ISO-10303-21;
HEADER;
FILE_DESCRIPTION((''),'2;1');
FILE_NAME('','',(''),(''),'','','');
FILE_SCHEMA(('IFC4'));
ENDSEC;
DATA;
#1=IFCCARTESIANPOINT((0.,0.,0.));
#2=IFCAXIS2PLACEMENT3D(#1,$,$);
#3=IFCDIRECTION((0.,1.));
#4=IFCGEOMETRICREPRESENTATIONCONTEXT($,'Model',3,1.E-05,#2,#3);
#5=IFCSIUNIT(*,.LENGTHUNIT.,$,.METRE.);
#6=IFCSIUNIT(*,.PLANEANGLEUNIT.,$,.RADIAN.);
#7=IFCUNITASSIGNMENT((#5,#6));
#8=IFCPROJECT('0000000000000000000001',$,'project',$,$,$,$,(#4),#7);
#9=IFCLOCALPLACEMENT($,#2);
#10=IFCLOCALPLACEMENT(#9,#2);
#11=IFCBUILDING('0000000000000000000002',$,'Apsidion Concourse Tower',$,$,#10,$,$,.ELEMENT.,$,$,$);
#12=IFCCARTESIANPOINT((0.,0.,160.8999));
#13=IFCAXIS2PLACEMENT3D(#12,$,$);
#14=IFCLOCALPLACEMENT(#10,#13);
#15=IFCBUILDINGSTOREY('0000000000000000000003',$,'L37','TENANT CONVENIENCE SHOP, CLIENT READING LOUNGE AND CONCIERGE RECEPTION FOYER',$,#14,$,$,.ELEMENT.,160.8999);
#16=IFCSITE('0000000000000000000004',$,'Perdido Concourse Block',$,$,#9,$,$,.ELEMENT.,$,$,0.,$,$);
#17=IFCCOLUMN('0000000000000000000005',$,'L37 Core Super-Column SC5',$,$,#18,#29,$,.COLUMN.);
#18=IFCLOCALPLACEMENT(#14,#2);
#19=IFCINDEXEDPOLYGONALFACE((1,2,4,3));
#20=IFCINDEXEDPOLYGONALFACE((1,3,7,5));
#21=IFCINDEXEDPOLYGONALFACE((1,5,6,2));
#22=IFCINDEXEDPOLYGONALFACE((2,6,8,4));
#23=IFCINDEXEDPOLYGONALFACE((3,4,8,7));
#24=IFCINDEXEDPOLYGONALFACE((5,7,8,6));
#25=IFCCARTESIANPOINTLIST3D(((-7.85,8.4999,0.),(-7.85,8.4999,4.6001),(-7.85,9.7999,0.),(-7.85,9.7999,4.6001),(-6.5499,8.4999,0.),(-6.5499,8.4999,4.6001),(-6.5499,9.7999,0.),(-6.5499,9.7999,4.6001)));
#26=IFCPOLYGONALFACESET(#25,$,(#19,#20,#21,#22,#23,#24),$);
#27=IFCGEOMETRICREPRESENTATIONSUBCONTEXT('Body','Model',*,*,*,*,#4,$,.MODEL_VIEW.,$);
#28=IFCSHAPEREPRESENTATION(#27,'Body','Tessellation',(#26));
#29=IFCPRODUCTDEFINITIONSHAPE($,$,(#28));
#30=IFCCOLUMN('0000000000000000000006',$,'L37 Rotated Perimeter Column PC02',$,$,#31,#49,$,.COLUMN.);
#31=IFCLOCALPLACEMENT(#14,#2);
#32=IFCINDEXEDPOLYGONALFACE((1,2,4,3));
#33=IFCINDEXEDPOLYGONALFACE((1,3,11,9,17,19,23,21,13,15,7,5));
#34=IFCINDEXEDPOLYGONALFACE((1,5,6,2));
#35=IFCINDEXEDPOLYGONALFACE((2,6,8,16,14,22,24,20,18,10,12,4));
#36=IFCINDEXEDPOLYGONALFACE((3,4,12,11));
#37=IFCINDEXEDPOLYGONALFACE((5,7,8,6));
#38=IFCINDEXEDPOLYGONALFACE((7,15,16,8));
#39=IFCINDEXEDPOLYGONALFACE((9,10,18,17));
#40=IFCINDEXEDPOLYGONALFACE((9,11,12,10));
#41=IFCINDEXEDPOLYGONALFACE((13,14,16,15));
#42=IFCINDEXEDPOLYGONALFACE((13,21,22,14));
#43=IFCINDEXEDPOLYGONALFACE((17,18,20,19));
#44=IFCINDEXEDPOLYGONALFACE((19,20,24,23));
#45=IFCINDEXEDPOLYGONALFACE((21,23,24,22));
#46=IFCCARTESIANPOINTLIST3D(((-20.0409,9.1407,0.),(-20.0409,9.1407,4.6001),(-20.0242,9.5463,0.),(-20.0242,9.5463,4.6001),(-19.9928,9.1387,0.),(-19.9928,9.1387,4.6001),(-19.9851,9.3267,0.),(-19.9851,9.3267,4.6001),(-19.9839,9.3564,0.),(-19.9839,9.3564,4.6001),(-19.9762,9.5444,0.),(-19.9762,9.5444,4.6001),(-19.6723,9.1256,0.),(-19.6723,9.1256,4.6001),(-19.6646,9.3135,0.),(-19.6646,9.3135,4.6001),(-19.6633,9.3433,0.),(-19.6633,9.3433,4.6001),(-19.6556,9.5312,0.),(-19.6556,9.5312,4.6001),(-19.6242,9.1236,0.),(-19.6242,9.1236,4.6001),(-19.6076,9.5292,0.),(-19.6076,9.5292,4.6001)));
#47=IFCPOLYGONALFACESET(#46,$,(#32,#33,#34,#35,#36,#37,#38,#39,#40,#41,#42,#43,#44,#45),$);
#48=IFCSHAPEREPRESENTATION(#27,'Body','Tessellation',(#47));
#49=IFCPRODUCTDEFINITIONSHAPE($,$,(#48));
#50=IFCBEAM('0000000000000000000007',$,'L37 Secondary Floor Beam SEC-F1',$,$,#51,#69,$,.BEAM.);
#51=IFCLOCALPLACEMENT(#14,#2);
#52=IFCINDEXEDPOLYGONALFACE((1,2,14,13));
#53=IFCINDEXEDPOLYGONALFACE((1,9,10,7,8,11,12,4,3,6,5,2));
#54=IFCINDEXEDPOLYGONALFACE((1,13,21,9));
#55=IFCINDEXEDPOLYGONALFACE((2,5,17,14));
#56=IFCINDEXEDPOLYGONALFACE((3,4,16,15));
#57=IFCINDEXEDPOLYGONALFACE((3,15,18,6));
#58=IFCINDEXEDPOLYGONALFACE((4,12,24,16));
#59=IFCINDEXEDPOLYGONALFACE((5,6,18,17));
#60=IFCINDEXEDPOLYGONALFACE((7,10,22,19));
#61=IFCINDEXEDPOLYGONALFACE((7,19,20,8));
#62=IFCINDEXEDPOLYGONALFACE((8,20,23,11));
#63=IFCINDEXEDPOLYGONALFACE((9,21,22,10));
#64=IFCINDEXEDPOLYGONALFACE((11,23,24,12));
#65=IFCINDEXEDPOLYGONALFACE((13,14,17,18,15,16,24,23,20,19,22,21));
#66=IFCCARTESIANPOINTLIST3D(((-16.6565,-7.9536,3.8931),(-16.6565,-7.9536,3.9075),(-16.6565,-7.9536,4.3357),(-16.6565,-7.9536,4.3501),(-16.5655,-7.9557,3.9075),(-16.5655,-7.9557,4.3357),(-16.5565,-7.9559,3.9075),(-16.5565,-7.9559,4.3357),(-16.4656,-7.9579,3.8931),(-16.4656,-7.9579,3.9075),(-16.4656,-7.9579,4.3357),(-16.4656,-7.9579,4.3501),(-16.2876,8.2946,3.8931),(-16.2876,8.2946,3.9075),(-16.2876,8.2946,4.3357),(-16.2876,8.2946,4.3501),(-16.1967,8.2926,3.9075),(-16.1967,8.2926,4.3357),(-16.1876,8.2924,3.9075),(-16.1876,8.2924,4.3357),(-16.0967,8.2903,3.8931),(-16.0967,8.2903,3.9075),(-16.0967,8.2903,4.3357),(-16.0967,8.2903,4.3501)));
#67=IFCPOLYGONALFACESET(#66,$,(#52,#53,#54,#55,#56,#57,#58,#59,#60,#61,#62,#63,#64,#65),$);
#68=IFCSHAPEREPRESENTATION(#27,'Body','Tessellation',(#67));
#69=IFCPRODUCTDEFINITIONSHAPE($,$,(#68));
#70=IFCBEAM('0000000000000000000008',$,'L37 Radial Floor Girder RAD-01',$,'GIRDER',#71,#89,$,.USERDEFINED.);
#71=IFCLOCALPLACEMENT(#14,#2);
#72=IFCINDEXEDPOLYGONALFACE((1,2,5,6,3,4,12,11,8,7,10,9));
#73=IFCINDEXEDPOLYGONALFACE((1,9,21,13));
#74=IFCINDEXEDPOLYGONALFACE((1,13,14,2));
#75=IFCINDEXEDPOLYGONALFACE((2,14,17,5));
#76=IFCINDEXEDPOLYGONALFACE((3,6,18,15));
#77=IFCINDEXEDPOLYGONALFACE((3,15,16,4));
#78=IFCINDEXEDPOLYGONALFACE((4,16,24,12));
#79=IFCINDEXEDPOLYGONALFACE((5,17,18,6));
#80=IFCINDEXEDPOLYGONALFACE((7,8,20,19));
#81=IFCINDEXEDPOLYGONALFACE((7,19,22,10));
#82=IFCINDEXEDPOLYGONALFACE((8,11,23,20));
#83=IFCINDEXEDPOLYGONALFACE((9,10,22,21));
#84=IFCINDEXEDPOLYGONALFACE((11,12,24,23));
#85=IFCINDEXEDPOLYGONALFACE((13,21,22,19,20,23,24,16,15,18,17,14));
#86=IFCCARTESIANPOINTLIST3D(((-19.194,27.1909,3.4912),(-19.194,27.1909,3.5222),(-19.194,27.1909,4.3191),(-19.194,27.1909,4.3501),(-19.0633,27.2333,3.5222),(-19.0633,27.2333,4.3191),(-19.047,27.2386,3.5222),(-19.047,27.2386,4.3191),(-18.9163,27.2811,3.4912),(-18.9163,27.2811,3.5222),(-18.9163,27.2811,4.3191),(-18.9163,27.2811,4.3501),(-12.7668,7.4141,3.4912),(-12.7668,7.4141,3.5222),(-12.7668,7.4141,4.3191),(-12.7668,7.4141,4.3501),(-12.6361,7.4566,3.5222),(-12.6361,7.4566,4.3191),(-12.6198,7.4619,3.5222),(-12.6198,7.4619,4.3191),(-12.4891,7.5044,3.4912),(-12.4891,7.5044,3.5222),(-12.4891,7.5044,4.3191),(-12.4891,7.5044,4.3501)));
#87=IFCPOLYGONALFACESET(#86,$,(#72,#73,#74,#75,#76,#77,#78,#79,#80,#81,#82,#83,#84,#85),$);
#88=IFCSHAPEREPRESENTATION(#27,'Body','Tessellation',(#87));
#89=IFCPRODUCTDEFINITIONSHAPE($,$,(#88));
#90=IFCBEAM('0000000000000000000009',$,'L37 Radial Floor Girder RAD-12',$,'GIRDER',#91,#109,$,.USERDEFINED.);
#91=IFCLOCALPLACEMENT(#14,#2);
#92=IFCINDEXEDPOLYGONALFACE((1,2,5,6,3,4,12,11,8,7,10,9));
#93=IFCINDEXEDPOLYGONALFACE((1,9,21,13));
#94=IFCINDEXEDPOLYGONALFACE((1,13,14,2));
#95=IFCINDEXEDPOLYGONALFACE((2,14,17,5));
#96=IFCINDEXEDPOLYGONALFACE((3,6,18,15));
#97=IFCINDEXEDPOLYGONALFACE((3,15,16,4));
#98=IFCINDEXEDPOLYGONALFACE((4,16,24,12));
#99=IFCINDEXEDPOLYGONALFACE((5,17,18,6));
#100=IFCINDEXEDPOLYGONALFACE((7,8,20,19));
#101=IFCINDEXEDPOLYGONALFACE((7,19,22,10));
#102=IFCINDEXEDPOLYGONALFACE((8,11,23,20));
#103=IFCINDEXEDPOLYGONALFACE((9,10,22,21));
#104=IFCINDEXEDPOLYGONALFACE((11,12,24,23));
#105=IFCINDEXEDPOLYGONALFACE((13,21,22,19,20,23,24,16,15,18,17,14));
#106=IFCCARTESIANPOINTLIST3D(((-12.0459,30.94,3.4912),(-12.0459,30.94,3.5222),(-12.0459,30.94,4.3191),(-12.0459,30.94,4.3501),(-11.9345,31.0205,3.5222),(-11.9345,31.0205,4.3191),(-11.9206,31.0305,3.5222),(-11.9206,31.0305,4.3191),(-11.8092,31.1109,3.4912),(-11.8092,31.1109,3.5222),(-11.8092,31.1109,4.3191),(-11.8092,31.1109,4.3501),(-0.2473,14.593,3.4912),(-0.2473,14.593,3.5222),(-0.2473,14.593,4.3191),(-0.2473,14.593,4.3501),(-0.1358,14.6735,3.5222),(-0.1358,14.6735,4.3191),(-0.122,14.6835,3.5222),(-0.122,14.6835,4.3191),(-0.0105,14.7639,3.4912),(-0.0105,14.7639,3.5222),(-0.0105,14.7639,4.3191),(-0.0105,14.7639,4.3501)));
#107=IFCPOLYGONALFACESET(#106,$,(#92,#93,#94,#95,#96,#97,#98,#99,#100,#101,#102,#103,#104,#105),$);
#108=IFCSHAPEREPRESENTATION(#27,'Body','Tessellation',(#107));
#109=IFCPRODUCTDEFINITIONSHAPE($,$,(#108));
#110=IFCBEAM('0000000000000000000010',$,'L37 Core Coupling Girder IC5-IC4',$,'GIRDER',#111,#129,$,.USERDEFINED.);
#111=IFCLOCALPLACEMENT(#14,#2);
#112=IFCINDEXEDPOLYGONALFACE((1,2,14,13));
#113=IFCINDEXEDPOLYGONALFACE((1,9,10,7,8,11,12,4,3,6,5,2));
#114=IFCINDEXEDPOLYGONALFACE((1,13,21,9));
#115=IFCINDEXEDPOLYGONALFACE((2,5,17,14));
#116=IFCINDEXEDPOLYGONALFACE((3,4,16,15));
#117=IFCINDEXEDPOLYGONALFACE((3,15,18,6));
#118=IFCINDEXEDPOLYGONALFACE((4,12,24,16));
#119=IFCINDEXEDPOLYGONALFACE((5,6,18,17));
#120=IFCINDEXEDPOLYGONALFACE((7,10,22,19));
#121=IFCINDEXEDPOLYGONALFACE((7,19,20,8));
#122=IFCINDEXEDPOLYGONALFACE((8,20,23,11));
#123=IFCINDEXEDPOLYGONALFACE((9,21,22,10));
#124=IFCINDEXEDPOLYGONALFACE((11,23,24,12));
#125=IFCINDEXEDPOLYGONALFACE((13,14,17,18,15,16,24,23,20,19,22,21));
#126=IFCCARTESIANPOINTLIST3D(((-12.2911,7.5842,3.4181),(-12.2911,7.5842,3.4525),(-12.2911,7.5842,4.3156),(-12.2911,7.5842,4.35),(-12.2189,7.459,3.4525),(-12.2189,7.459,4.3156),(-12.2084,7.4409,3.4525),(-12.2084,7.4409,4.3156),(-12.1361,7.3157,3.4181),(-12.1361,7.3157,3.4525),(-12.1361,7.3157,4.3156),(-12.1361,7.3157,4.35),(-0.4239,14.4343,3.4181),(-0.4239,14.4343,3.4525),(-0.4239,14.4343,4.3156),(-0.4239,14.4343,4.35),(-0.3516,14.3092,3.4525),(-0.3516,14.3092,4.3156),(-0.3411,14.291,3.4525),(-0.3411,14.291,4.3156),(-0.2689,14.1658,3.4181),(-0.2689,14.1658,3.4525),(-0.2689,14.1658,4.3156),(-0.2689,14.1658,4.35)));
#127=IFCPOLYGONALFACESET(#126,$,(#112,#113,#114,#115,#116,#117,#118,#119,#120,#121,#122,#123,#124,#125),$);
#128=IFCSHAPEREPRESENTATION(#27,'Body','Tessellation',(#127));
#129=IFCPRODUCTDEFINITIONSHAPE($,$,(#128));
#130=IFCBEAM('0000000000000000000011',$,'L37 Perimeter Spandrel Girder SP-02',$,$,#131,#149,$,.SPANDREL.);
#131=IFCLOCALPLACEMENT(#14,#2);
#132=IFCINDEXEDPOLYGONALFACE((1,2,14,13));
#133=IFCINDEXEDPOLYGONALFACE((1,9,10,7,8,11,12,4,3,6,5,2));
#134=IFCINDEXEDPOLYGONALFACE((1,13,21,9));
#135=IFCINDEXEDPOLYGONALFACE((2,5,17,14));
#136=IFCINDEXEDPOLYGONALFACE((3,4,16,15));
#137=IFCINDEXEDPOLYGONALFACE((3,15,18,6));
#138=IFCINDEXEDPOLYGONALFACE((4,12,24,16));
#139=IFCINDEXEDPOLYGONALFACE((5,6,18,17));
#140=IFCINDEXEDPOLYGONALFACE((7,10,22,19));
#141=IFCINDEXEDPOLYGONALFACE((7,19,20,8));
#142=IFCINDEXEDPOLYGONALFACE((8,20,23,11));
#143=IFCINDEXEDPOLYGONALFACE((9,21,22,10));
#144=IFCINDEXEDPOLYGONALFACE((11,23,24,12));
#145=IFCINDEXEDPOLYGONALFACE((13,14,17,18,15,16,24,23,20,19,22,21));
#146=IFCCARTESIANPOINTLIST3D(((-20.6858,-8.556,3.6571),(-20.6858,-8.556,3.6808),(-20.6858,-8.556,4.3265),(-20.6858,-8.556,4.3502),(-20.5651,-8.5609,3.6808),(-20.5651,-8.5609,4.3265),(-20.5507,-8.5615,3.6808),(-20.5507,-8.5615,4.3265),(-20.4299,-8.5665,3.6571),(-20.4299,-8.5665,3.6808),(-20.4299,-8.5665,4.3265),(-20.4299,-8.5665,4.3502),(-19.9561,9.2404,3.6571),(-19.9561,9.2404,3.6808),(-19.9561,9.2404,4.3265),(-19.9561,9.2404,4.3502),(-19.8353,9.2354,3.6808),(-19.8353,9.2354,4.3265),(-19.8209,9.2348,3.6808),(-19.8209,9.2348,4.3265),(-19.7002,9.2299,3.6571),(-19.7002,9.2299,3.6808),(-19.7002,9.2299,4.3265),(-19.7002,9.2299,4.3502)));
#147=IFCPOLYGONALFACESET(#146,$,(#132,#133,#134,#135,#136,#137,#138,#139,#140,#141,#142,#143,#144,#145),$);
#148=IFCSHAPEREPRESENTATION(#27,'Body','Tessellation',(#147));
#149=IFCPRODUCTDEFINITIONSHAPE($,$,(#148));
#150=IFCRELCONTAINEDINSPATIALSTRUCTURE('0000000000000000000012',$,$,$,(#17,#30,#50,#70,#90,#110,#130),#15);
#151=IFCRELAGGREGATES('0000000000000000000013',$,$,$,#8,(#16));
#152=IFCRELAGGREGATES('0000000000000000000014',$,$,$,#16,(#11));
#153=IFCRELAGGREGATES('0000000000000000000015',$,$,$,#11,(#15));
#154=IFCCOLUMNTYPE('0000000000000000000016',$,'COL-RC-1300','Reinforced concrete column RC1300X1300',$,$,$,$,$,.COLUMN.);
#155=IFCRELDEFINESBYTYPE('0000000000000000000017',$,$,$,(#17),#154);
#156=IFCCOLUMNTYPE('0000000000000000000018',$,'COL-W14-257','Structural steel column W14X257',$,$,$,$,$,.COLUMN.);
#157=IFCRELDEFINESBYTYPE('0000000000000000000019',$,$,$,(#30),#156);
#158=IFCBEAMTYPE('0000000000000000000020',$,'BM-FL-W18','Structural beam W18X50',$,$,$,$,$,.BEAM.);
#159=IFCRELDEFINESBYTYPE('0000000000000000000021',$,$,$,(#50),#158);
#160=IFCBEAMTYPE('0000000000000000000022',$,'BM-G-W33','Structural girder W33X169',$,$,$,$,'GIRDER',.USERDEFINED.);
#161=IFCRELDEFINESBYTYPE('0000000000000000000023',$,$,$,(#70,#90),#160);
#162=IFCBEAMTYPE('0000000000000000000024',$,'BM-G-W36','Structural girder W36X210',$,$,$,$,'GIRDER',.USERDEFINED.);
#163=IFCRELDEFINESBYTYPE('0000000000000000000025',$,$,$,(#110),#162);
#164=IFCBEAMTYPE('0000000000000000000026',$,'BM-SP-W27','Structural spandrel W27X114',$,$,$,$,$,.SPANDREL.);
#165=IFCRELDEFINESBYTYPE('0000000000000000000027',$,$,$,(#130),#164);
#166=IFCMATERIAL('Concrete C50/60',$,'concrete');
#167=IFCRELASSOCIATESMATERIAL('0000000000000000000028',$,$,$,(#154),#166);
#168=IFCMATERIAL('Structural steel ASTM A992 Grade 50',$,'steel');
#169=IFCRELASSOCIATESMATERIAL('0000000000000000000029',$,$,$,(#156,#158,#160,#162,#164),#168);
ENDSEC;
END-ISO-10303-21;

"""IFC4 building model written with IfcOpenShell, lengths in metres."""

from ifc_helpers import new_model, si_unit, direction, frame, origin, origin_2d, place, context, subcontext, project, spatial, rectangle, i_section, extrude, material, material_profile, profile_set, type_object, element, save


model = new_model("IFC4")

# Units and contexts
model_context = context("Model", 3, precision=1e-05, world=origin(), true_north=direction((0.0, 1.0)))
body_context = subcontext(model_context, "Body", "Model", "MODEL_VIEW")
ifc_project = project(units=[si_unit("LENGTHUNIT", "METRE"), si_unit("PLANEANGLEUNIT", "RADIAN")], contexts=[model_context])

# Site, building, storey
site_placement = place(None, origin())
site = spatial("IfcSite", under=ifc_project, at=site_placement, Name="Perdido Concourse Block", CompositionType="ELEMENT", RefElevation=0.0)
building_placement = place(site_placement, origin())
building = spatial("IfcBuilding", under=site, at=building_placement, Name="Apsidion Concourse Tower", CompositionType="ELEMENT")
storey_placement = place(building_placement, frame((0.0, 0.0, 160.8999)))
storey = spatial("IfcBuildingStorey", under=building, at=storey_placement, Name="L37", Description="TENANT CONVENIENCE SHOP, CLIENT READING LOUNGE AND CONCIERGE RECEPTION FOYER", CompositionType="ELEMENT", Elevation=160.8999)

# Columns
ifc_material_1 = material(Name="Concrete C50/60", Category="concrete")
ifc_material_profile_1 = material_profile(ifc_material_1, rectangle(XDim=1.3, YDim=1.3, at=origin_2d()), Name="RC 1300x1300")
ifc_profile_set_1 = profile_set([ifc_material_profile_1], Name="Concrete C50/60")
column_type_1 = type_object("IfcColumnType", Name="COL-RC-1300", Description="Reinforced concrete column RC1300X1300", PredefinedType="COLUMN", material=ifc_profile_set_1)
column_1_placement = place(storey_placement, frame((-7.2, 9.1499, 0.0), z_axis=(0.0, 0.0, 1.0), x_axis=(1.0, 0.0, 0.0)))
element("IfcColumn", 1, at=column_1_placement, inside=storey, type_object=column_type_1, Name="L37 Core Super-Column SC5", PredefinedType="COLUMN", context=body_context, shape_type="SweptSolid", body=[
    extrude(rectangle(XDim=1.3, YDim=1.3, at=origin_2d()), origin(), (0.0, 0.0, 1.0), 4.6001),
])
ifc_material_2 = material(Name="Structural steel ASTM A992 Grade 50", Category="steel")
ifc_material_profile_2 = material_profile(ifc_material_2, i_section(OverallWidth=0.406, OverallDepth=0.417, WebThickness=0.0298, FlangeThickness=0.0481, at=origin_2d()), Name="W14X257")
ifc_profile_set_2 = profile_set([ifc_material_profile_2], Name="Structural steel ASTM A992 Grade 50")
column_type_2 = type_object("IfcColumnType", Name="COL-W14-257", Description="Structural steel column W14X257", PredefinedType="COLUMN", material=ifc_profile_set_2)
column_2_placement = place(storey_placement, frame((-19.8242, 9.335, 0.0), z_axis=(0.0, 0.0, 1.0), x_axis=(0.041004, 0.999159, 0.0)))
element("IfcColumn", 2, at=column_2_placement, inside=storey, type_object=column_type_2, Name="L37 Rotated Perimeter Column PC02", PredefinedType="COLUMN", context=body_context, shape_type="SweptSolid", body=[
    extrude(i_section(OverallWidth=0.406, OverallDepth=0.417, WebThickness=0.0298, FlangeThickness=0.0481, at=origin_2d()), origin(), (0.0, 0.0, 1.0), 4.6001),
])

# Beams
ifc_material_profile_3 = material_profile(ifc_material_2, i_section(OverallWidth=0.1909, OverallDepth=0.457, WebThickness=0.009, FlangeThickness=0.0144, at=origin_2d()), Name="W18X50")
ifc_profile_set_3 = profile_set([ifc_material_profile_3], Name="Structural steel ASTM A992 Grade 50")
beam_type_1 = type_object("IfcBeamType", Name="BM-FL-W18", Description="Structural beam W18X50", PredefinedType="BEAM", material=ifc_profile_set_3)
beam_1_placement = place(storey_placement, frame((-16.1921, 8.2925, 4.1216), z_axis=(-0.022698, -0.999742, 0.0), x_axis=(0.999742, -0.022698, 0.0)))
element("IfcBeam", 3, at=beam_1_placement, inside=storey, type_object=beam_type_1, Name="L37 Secondary Floor Beam SEC-F1", PredefinedType="BEAM", context=body_context, shape_type="SweptSolid", body=[
    extrude(i_section(OverallWidth=0.1909, OverallDepth=0.457, WebThickness=0.009, FlangeThickness=0.0144, at=origin_2d()), origin(), (0.0, 0.0, 1.0), 16.2524),
])
ifc_material_profile_4 = material_profile(ifc_material_2, i_section(OverallWidth=0.292, OverallDepth=0.8589, WebThickness=0.0171, FlangeThickness=0.031, at=origin_2d()), Name="W33X169")
ifc_profile_set_4 = profile_set([ifc_material_profile_4], Name="Structural steel ASTM A992 Grade 50")
beam_type_2 = type_object("IfcBeamType", Name="BM-G-W33", Description="Structural girder W33X169", ElementType="GIRDER", PredefinedType="USERDEFINED", material=ifc_profile_set_4)
beam_2_placement = place(storey_placement, frame((-12.6279, 7.4592, 3.9207), z_axis=(-0.309076, 0.951037, 0.0), x_axis=(-0.951037, -0.309076, 0.0)))
element("IfcBeam", 4, at=beam_2_placement, inside=storey, type_object=beam_type_2, Name="L37 Radial Floor Girder RAD-01", ObjectType="GIRDER", PredefinedType="USERDEFINED", context=body_context, shape_type="SweptSolid", body=[
    extrude(i_section(OverallWidth=0.292, OverallDepth=0.8589, WebThickness=0.0171, FlangeThickness=0.031, at=origin_2d()), origin(), (0.0, 0.0, 1.0), 20.7949),
])
beam_3_placement = place(storey_placement, frame((-0.1289, 14.6785, 3.9207), z_axis=(-0.585245, 0.810856, 0.0), x_axis=(-0.810856, -0.585245, 0.0)))
element("IfcBeam", 5, at=beam_3_placement, inside=storey, type_object=beam_type_2, Name="L37 Radial Floor Girder RAD-12", ObjectType="GIRDER", PredefinedType="USERDEFINED", context=body_context, shape_type="SweptSolid", body=[
    extrude(i_section(OverallWidth=0.292, OverallDepth=0.8589, WebThickness=0.0171, FlangeThickness=0.031, at=origin_2d()), origin(), (0.0, 0.0, 1.0), 20.1602),
])
ifc_material_profile_5 = material_profile(ifc_material_2, i_section(OverallWidth=0.3101, OverallDepth=0.9319, WebThickness=0.021, FlangeThickness=0.0344, at=origin_2d()), Name="W36X210")
ifc_profile_set_5 = profile_set([ifc_material_profile_5], Name="Structural steel ASTM A992 Grade 50")
beam_type_3 = type_object("IfcBeamType", Name="BM-G-W36", Description="Structural girder W36X210", ElementType="GIRDER", PredefinedType="USERDEFINED", material=ifc_profile_set_5)
beam_4_placement = place(storey_placement, frame((-12.2136, 7.45, 3.884), z_axis=(0.86607, 0.499922, 0.0), x_axis=(-0.499922, 0.86607, 0.0)))
element("IfcBeam", 6, at=beam_4_placement, inside=storey, type_object=beam_type_3, Name="L37 Core Coupling Girder IC5-IC4", ObjectType="GIRDER", PredefinedType="USERDEFINED", context=body_context, shape_type="SweptSolid", body=[
    extrude(i_section(OverallWidth=0.3101, OverallDepth=0.9319, WebThickness=0.021, FlangeThickness=0.0344, at=origin_2d()), origin(), (0.0, 0.0, 1.0), 13.7024),
])
ifc_material_profile_6 = material_profile(ifc_material_2, i_section(OverallWidth=0.2561, OverallDepth=0.6931, WebThickness=0.0144, FlangeThickness=0.0237, at=origin_2d()), Name="W27X114")
ifc_profile_set_6 = profile_set([ifc_material_profile_6], Name="Structural steel ASTM A992 Grade 50")
beam_type_4 = type_object("IfcBeamType", Name="BM-SP-W27", Description="Structural spandrel W27X114", PredefinedType="SPANDREL", material=ifc_profile_set_6)
beam_5_placement = place(storey_placement, frame((-19.8281, 9.2351, 4.0037), z_axis=(-0.04097, -0.99916, 0.0), x_axis=(0.99916, -0.04097, 0.0)))
element("IfcBeam", 7, at=beam_5_placement, inside=storey, type_object=beam_type_4, Name="L37 Perimeter Spandrel Girder SP-02", PredefinedType="SPANDREL", context=body_context, shape_type="SweptSolid", body=[
    extrude(i_section(OverallWidth=0.2561, OverallDepth=0.6931, WebThickness=0.0144, FlangeThickness=0.0237, at=origin_2d()), origin(), (0.0, 0.0, 1.0), 17.8113),
])

save(model, "model.ifc")
